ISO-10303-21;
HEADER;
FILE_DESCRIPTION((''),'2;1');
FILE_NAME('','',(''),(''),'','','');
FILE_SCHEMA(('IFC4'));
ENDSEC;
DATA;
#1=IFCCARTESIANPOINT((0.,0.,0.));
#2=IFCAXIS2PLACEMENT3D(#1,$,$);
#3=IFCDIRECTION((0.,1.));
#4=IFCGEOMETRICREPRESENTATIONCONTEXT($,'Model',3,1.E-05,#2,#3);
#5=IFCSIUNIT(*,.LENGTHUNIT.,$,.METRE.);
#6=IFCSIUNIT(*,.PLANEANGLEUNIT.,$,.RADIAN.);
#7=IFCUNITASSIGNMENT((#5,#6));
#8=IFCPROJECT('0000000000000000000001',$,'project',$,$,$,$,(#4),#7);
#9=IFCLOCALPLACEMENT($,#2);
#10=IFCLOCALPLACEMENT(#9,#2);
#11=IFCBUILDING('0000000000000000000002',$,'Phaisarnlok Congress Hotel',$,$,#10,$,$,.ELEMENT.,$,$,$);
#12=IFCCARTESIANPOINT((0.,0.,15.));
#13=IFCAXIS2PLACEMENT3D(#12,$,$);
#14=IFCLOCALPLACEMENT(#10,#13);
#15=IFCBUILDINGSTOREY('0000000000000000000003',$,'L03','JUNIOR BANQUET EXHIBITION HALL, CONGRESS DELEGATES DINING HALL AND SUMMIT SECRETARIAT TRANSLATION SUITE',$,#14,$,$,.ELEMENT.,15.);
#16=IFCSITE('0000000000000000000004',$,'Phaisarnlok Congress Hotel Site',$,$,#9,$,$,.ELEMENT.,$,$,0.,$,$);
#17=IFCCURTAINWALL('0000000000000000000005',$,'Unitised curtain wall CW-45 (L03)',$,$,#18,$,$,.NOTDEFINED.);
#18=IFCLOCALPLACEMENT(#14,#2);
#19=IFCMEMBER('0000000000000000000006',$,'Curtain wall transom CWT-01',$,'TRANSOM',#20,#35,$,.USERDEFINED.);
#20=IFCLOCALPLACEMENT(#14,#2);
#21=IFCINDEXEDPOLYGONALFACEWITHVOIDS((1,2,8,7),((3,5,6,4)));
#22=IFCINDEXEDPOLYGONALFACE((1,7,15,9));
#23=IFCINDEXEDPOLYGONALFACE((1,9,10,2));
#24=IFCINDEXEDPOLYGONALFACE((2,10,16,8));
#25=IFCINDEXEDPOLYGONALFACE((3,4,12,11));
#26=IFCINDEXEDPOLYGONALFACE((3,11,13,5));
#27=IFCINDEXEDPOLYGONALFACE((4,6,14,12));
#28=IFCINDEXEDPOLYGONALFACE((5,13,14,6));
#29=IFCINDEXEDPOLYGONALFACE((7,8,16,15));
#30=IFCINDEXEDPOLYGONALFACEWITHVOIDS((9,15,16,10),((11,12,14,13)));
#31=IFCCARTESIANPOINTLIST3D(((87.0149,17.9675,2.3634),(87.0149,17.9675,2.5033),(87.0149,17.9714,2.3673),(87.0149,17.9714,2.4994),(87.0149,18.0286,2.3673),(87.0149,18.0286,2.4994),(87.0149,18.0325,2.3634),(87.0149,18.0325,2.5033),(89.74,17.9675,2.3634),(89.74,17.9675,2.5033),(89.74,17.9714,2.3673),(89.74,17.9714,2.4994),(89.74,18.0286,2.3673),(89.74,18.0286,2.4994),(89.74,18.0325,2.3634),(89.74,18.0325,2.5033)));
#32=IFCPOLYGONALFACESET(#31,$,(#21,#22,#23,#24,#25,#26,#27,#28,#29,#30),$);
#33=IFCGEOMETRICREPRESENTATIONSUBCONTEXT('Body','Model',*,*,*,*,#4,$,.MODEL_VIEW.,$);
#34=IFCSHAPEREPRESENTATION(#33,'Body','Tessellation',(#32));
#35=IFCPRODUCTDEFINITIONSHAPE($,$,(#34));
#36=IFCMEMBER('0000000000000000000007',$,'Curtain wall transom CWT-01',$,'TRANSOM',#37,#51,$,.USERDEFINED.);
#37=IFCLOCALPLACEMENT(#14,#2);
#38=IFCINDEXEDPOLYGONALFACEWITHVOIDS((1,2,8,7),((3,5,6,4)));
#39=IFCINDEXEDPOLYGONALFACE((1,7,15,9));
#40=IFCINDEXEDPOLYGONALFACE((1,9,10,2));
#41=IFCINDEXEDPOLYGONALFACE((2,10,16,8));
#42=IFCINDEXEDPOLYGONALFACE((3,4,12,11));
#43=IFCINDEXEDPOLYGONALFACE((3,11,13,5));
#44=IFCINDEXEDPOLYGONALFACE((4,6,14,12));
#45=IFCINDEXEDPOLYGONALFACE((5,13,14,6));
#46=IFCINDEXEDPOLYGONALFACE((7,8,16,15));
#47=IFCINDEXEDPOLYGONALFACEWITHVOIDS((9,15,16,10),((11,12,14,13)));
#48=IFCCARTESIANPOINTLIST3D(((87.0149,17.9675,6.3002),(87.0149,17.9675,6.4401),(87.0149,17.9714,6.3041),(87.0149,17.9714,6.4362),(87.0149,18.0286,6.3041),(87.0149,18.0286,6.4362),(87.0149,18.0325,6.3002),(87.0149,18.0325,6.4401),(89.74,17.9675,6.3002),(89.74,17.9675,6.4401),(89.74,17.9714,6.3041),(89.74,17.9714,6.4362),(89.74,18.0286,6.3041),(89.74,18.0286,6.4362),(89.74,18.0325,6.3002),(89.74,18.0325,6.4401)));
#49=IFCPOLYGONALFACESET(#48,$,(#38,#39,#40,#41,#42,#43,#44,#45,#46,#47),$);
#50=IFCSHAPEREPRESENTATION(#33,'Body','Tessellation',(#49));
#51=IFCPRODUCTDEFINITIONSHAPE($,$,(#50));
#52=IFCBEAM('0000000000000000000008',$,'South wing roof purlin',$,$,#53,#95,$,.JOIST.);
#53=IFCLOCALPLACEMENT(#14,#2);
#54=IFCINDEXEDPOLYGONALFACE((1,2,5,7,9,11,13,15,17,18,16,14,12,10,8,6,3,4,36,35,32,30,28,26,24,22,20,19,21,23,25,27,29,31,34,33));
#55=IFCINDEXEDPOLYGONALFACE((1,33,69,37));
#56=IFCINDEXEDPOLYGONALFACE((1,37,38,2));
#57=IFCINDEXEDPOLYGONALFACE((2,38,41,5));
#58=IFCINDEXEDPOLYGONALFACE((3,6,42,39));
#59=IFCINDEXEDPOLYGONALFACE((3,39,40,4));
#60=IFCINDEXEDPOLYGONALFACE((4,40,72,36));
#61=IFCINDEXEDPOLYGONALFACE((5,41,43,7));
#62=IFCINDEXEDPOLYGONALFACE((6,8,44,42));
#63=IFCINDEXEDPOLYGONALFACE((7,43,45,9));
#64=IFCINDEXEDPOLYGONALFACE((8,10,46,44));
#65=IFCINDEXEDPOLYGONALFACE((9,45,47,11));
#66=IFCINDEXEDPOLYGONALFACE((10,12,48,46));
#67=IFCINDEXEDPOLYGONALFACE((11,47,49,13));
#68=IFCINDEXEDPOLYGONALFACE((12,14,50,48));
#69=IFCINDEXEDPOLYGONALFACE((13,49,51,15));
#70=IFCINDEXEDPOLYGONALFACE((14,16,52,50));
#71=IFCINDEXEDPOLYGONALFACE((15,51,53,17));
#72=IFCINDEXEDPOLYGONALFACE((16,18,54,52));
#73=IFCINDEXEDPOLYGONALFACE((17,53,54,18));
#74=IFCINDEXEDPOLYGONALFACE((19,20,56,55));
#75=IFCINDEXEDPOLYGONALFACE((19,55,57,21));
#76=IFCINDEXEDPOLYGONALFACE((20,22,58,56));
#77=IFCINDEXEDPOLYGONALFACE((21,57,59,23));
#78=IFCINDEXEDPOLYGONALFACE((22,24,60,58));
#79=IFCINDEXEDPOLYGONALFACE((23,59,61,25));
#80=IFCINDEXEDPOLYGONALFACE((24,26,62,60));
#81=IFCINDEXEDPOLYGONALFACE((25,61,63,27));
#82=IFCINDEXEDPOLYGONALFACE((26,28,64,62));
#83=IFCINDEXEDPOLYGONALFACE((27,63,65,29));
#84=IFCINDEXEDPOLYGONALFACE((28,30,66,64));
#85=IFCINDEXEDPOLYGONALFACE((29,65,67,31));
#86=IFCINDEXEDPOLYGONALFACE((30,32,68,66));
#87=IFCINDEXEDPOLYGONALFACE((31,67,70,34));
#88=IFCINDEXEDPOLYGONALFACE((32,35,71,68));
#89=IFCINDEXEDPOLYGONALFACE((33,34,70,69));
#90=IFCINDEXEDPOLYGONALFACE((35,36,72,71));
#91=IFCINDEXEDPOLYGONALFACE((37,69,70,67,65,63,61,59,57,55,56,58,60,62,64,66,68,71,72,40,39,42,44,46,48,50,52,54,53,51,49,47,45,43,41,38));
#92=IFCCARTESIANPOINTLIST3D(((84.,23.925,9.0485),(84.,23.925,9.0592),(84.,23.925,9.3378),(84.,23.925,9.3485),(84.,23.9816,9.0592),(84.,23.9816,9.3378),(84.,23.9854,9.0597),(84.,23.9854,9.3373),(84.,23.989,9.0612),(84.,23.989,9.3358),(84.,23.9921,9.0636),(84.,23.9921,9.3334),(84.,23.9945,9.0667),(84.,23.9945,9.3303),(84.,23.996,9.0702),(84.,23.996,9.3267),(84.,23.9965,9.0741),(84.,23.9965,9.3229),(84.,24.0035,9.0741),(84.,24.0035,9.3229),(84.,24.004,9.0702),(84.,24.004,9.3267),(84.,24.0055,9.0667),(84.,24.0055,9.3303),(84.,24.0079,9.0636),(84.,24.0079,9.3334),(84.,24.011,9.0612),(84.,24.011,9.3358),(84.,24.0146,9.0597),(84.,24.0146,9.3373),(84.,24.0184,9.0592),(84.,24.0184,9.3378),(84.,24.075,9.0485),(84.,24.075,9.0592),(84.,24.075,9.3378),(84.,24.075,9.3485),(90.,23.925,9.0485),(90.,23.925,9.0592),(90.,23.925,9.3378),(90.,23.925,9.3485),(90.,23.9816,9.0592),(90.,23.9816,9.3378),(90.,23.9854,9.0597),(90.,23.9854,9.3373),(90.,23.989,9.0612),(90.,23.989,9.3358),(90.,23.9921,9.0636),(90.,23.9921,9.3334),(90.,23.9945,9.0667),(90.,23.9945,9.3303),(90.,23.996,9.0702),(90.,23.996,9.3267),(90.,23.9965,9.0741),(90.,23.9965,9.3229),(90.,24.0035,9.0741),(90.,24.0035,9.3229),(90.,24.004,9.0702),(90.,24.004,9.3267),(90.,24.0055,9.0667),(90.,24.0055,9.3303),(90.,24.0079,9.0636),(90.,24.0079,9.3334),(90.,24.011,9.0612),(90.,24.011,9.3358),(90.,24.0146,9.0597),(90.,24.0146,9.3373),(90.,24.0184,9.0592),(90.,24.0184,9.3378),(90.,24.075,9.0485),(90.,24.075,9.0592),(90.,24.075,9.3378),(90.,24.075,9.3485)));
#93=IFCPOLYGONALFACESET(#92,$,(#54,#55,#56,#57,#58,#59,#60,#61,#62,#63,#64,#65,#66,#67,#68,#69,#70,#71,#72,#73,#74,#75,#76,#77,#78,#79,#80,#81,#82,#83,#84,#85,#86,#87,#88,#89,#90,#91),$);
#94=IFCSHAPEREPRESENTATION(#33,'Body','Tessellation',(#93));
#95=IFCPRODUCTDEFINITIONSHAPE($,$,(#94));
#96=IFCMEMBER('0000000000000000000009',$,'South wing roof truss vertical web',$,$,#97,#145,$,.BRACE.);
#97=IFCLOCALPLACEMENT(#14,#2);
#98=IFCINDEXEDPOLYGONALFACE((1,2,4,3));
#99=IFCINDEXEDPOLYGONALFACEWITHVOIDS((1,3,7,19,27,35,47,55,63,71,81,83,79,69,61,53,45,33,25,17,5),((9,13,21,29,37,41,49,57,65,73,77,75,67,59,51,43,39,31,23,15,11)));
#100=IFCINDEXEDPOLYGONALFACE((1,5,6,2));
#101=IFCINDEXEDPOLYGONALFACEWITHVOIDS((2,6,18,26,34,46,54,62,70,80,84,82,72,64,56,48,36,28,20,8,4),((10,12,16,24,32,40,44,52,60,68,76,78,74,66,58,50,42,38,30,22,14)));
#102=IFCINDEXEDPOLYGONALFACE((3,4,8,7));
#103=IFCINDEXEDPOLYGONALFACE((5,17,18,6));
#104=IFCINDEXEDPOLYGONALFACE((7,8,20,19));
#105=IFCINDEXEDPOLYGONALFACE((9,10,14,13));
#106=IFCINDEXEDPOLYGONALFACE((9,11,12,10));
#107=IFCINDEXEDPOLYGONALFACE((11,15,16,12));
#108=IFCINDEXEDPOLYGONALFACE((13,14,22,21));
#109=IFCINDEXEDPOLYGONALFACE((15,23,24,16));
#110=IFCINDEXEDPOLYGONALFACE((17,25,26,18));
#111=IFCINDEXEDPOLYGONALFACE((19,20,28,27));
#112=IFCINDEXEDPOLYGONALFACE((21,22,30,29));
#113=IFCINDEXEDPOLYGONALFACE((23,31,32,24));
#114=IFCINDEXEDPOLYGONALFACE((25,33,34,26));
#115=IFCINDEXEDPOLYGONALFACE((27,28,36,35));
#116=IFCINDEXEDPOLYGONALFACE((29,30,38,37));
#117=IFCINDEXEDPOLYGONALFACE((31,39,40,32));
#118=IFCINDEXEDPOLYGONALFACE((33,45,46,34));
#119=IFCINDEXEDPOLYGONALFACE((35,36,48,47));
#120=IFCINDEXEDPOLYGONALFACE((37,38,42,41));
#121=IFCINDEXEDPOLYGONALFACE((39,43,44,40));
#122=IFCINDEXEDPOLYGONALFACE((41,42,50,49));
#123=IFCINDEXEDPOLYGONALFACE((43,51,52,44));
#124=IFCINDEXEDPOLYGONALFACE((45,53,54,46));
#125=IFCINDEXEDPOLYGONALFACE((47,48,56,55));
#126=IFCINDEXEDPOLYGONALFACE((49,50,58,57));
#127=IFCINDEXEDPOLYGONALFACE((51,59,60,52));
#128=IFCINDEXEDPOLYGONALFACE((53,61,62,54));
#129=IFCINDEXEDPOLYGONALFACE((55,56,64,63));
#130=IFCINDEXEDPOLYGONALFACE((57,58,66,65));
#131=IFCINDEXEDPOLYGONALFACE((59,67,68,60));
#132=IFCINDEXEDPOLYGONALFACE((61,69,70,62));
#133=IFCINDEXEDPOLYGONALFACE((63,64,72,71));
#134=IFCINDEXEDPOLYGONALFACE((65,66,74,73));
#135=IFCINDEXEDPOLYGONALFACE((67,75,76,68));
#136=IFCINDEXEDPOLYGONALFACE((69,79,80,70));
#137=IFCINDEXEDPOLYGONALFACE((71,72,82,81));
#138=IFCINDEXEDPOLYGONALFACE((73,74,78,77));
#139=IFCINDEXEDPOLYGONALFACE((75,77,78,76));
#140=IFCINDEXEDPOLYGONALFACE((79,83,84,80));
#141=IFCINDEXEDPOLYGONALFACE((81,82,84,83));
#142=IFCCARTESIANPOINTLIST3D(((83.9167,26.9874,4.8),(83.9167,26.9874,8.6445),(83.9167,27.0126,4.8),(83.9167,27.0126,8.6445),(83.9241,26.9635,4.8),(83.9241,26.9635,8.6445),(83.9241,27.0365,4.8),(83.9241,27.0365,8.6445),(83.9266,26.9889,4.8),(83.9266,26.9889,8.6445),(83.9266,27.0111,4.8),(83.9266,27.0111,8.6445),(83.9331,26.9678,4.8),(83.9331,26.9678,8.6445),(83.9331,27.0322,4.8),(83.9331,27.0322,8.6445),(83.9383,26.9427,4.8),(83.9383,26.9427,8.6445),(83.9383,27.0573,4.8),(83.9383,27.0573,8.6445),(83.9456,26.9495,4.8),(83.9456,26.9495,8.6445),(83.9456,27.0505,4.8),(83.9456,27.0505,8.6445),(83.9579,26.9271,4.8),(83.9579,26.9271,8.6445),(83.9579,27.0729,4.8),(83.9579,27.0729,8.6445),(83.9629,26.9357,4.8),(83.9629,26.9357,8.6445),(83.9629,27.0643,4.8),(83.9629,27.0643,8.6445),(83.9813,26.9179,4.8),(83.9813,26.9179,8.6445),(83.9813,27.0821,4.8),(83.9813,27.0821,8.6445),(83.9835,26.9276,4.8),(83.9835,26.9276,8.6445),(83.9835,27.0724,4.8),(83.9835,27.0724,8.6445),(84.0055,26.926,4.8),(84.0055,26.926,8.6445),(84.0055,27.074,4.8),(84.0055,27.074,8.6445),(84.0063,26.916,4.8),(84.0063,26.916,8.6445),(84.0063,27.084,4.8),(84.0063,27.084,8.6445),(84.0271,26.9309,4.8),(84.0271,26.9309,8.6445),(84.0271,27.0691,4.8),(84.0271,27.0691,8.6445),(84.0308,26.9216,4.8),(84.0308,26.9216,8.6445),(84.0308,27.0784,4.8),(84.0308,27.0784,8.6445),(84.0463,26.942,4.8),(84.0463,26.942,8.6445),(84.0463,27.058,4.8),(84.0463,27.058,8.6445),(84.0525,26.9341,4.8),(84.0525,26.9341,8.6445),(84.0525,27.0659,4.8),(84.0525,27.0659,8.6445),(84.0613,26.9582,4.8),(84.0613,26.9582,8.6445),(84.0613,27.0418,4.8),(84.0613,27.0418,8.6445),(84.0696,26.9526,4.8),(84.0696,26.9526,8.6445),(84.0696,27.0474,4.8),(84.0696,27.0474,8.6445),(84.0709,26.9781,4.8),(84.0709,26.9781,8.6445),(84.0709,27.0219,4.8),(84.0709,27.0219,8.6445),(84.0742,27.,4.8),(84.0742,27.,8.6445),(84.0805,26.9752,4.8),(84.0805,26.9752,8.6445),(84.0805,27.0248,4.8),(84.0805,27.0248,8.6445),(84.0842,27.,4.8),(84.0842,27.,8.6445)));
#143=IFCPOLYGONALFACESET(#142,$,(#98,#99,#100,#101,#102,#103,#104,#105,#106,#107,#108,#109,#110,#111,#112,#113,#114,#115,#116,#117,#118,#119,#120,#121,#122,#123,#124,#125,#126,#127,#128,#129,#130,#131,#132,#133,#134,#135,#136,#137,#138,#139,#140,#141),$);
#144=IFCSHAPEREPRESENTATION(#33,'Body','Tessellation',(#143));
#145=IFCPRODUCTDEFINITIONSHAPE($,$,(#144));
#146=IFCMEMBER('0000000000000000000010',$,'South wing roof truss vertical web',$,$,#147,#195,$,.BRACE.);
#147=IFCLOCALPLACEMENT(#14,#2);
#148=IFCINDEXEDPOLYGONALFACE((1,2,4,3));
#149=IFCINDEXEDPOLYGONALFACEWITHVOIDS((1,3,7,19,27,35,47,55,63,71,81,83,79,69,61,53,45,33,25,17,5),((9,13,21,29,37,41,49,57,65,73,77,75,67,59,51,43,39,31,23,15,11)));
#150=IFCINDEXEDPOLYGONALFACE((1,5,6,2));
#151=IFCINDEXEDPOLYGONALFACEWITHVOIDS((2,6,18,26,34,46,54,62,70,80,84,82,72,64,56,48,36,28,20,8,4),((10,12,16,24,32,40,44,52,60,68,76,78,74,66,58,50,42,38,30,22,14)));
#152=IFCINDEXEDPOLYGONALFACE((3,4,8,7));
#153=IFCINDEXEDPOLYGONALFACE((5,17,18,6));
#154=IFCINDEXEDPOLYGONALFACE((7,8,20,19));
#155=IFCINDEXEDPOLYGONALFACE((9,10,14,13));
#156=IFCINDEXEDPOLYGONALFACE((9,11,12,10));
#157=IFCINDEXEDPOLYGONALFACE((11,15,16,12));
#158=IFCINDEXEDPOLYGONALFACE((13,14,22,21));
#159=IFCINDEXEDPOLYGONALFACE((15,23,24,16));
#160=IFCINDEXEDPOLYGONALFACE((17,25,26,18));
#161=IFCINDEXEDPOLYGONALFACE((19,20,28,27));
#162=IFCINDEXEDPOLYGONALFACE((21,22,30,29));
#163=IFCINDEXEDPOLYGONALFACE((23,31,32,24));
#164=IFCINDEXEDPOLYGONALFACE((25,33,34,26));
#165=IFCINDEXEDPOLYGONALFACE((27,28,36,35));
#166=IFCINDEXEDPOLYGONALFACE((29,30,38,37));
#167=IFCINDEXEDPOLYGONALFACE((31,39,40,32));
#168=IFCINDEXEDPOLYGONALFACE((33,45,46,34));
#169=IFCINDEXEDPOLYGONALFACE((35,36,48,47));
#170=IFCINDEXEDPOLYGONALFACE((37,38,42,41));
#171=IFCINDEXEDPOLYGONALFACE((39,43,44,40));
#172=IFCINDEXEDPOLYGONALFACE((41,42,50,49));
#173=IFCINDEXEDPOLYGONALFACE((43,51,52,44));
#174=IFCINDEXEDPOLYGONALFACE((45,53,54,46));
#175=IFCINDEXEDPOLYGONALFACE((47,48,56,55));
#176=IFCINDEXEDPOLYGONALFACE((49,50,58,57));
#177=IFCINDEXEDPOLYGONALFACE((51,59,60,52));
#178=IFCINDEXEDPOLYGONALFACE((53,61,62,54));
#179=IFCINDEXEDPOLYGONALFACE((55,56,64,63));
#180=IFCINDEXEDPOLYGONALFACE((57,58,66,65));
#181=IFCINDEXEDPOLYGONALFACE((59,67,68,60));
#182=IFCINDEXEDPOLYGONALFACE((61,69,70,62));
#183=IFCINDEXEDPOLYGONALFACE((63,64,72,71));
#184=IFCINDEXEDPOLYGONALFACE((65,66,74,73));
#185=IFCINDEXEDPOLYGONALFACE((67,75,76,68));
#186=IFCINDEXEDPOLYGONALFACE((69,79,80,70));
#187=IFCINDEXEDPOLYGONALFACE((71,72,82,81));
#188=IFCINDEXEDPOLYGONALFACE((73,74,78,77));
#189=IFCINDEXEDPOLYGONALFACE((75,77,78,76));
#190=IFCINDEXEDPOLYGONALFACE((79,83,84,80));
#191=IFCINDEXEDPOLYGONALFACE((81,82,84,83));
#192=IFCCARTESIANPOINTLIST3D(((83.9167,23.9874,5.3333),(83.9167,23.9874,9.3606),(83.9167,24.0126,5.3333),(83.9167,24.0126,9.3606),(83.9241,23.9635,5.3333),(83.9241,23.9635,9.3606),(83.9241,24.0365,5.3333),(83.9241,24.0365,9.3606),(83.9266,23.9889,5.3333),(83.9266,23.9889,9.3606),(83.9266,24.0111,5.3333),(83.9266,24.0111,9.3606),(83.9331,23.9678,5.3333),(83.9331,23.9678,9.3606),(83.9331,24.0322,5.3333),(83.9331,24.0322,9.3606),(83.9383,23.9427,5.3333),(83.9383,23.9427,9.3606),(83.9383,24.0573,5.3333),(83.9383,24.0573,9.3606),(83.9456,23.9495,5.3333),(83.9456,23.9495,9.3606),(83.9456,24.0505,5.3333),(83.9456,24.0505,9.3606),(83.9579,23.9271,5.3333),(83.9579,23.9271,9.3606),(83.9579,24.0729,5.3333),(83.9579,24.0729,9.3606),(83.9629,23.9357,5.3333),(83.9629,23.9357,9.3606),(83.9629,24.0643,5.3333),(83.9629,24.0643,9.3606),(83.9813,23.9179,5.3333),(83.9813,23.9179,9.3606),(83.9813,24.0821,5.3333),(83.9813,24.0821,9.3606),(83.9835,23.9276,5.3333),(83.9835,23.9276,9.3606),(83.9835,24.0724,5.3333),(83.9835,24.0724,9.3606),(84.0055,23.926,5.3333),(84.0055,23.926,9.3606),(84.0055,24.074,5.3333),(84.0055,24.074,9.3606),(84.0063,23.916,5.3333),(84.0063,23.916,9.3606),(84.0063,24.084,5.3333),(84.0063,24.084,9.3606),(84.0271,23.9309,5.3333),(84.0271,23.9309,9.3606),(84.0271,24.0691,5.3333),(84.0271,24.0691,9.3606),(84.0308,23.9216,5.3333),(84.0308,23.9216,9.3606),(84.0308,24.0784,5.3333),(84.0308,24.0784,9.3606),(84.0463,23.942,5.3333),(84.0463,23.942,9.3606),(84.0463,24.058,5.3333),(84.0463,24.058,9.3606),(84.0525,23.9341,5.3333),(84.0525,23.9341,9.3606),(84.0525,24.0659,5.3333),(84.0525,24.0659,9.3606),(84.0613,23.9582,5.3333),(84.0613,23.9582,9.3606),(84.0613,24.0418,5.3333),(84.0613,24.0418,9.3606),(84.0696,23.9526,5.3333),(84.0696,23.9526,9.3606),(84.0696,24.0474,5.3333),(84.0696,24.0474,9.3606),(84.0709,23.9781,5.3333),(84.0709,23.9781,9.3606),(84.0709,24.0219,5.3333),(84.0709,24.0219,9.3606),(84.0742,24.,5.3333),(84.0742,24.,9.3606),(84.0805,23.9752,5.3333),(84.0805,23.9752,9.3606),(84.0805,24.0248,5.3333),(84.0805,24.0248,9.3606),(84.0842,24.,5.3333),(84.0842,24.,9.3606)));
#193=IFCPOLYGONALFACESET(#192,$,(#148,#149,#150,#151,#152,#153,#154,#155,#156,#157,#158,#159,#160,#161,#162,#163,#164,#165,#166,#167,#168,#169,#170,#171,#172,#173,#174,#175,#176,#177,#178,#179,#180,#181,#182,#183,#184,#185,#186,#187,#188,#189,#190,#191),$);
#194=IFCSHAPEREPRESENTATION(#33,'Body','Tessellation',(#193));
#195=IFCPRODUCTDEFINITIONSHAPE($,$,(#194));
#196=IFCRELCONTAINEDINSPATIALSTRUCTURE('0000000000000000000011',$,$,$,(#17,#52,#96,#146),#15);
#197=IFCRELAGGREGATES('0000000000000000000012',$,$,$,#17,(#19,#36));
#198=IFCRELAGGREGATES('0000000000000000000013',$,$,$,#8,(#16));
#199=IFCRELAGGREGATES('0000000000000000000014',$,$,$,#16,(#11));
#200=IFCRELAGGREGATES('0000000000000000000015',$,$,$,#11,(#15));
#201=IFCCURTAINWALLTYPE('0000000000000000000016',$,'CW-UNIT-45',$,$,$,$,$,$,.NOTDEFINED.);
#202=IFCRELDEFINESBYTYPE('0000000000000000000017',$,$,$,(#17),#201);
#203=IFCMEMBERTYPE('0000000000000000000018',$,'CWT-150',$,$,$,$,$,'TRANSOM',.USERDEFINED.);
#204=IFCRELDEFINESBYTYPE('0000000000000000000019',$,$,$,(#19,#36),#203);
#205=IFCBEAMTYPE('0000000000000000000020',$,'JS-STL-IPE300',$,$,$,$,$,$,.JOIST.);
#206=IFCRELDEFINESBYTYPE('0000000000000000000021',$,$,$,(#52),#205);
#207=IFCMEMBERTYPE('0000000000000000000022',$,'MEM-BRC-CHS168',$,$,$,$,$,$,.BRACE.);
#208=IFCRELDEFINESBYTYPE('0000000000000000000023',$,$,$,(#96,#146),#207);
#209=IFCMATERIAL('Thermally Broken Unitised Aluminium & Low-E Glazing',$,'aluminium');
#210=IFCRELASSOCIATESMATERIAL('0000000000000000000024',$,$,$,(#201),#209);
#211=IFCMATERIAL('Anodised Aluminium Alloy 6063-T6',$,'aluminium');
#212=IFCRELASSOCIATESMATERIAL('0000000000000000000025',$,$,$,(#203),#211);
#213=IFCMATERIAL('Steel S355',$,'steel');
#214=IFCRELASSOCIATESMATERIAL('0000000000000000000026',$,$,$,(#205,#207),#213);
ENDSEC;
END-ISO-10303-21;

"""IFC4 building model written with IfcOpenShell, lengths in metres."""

from ifc_helpers import new_model, si_unit, direction, frame, origin, origin_2d, place, context, subcontext, project, spatial, hollow_rectangle, hollow_circle, i_section, extrude, material, material_profile, profile_set, type_object, element, aggregate, save


model = new_model("IFC4")

# Units and contexts
model_context = context("Model", 3, precision=1e-05, world=origin(), true_north=direction((0.0, 1.0)))
body_context = subcontext(model_context, "Body", "Model", "MODEL_VIEW")
ifc_project = project(units=[si_unit("LENGTHUNIT", "METRE"), si_unit("PLANEANGLEUNIT", "RADIAN")], contexts=[model_context])

# Site, building, storey
site_placement = place(None, origin())
site = spatial("IfcSite", under=ifc_project, at=site_placement, Name="Phaisarnlok Congress Hotel Site", CompositionType="ELEMENT", RefElevation=0.0)
building_placement = place(site_placement, origin())
building = spatial("IfcBuilding", under=site, at=building_placement, Name="Phaisarnlok Congress Hotel", CompositionType="ELEMENT")
storey_placement = place(building_placement, frame((0.0, 0.0, 15.0)))
storey = spatial("IfcBuildingStorey", under=building, at=storey_placement, Name="L03", Description="JUNIOR BANQUET EXHIBITION HALL, CONGRESS DELEGATES DINING HALL AND SUMMIT SECRETARIAT TRANSLATION SUITE", CompositionType="ELEMENT", Elevation=15.0)

# Shared definitions
ifc_material_1 = material(Name="Steel S355", Category="steel")

# Curtain wall, members
ifc_material_2 = material(Name="Thermally Broken Unitised Aluminium & Low-E Glazing", Category="aluminium")
curtain_wall_type = type_object("IfcCurtainWallType", Name="CW-UNIT-45", PredefinedType="NOTDEFINED", material=ifc_material_2)
curtain_wall_placement = place(storey_placement, origin())
curtain_wall = element("IfcCurtainWall", 1, at=curtain_wall_placement, inside=storey, type_object=curtain_wall_type, Name="Unitised curtain wall CW-45 (L03)", PredefinedType="NOTDEFINED")
ifc_material_3 = material(Name="Anodised Aluminium Alloy 6063-T6", Category="aluminium")
ifc_material_profile_1 = material_profile(ifc_material_3, hollow_rectangle(XDim=0.0649, YDim=0.1399, WallThickness=0.0039, at=origin_2d()), Name="ALU-T 65x140x4")
ifc_profile_set_1 = profile_set([ifc_material_profile_1], Name="Anodised Aluminium Alloy 6063-T6")
member_type_1 = type_object("IfcMemberType", Name="CWT-150", ElementType="TRANSOM", PredefinedType="USERDEFINED", material=ifc_profile_set_1)
member_1_placement = place(storey_placement, frame((87.0149, 18.0, 2.4333), z_axis=(1.0, 0.0, 0.0), x_axis=(0.0, 1.0, 0.0)))
member_1 = element("IfcMember", 2, at=member_1_placement, type_object=member_type_1, Name="Curtain wall transom CWT-01", ObjectType="TRANSOM", PredefinedType="USERDEFINED", context=body_context, shape_type="SweptSolid", body=[
    extrude(hollow_rectangle(XDim=0.0649, YDim=0.1399, WallThickness=0.0039, at=origin_2d()), origin(), (0.0, 0.0, 1.0), 2.7251),
])
member_2_placement = place(storey_placement, frame((87.0149, 18.0, 6.3701), z_axis=(1.0, 0.0, 0.0), x_axis=(0.0, 1.0, 0.0)))
member_2 = element("IfcMember", 3, at=member_2_placement, type_object=member_type_1, Name="Curtain wall transom CWT-01", ObjectType="TRANSOM", PredefinedType="USERDEFINED", context=body_context, shape_type="SweptSolid", body=[
    extrude(hollow_rectangle(XDim=0.0649, YDim=0.1399, WallThickness=0.0039, at=origin_2d()), origin(), (0.0, 0.0, 1.0), 2.7251),
])

# Beam
ifc_material_profile_2 = material_profile(ifc_material_1, i_section(OverallWidth=0.1499, OverallDepth=0.3, WebThickness=0.0071, FlangeThickness=0.0107, FilletRadius=0.0149, at=origin_2d()), Name="IPE 300")
ifc_profile_set_2 = profile_set([ifc_material_profile_2], Name="Steel S355")
beam_type = type_object("IfcBeamType", Name="JS-STL-IPE300", PredefinedType="JOIST", material=ifc_profile_set_2)
beam_placement = place(storey_placement, frame((84.0, 24.0, 9.1985), z_axis=(1.0, 0.0, 0.0), x_axis=(0.0, 1.0, 0.0)))
element("IfcBeam", 4, at=beam_placement, inside=storey, type_object=beam_type, Name="South wing roof purlin", PredefinedType="JOIST", context=body_context, shape_type="SweptSolid", body=[
    extrude(i_section(OverallWidth=0.1499, OverallDepth=0.3, WebThickness=0.0071, FlangeThickness=0.0107, FilletRadius=0.0149, at=origin_2d()), origin(), (0.0, 0.0, 1.0), 6.0),
])

# Members
ifc_material_profile_3 = material_profile(ifc_material_1, hollow_circle(Radius=0.0842, WallThickness=0.01, at=origin_2d()), Name="CHS 168.3x10")
ifc_profile_set_3 = profile_set([ifc_material_profile_3], Name="Steel S355")
member_type_2 = type_object("IfcMemberType", Name="MEM-BRC-CHS168", PredefinedType="BRACE", material=ifc_profile_set_3)
member_3_placement = place(storey_placement, frame((84.0, 27.0, 4.8), z_axis=(0.0, 0.0, 1.0), x_axis=(1.0, 0.0, 0.0)))
element("IfcMember", 5, at=member_3_placement, inside=storey, type_object=member_type_2, Name="South wing roof truss vertical web", PredefinedType="BRACE", context=body_context, shape_type="SweptSolid", body=[
    extrude(hollow_circle(Radius=0.0842, WallThickness=0.01, at=origin_2d()), origin(), (0.0, 0.0, 1.0), 3.8445),
])
member_4_placement = place(storey_placement, frame((84.0, 24.0, 5.3333), z_axis=(0.0, 0.0, 1.0), x_axis=(1.0, 0.0, 0.0)))
element("IfcMember", 6, at=member_4_placement, inside=storey, type_object=member_type_2, Name="South wing roof truss vertical web", PredefinedType="BRACE", context=body_context, shape_type="SweptSolid", body=[
    extrude(hollow_circle(Radius=0.0842, WallThickness=0.01, at=origin_2d()), origin(), (0.0, 0.0, 1.0), 4.0273),
])

aggregate(curtain_wall, [member_1, member_2])

save(model, "model.ifc")
